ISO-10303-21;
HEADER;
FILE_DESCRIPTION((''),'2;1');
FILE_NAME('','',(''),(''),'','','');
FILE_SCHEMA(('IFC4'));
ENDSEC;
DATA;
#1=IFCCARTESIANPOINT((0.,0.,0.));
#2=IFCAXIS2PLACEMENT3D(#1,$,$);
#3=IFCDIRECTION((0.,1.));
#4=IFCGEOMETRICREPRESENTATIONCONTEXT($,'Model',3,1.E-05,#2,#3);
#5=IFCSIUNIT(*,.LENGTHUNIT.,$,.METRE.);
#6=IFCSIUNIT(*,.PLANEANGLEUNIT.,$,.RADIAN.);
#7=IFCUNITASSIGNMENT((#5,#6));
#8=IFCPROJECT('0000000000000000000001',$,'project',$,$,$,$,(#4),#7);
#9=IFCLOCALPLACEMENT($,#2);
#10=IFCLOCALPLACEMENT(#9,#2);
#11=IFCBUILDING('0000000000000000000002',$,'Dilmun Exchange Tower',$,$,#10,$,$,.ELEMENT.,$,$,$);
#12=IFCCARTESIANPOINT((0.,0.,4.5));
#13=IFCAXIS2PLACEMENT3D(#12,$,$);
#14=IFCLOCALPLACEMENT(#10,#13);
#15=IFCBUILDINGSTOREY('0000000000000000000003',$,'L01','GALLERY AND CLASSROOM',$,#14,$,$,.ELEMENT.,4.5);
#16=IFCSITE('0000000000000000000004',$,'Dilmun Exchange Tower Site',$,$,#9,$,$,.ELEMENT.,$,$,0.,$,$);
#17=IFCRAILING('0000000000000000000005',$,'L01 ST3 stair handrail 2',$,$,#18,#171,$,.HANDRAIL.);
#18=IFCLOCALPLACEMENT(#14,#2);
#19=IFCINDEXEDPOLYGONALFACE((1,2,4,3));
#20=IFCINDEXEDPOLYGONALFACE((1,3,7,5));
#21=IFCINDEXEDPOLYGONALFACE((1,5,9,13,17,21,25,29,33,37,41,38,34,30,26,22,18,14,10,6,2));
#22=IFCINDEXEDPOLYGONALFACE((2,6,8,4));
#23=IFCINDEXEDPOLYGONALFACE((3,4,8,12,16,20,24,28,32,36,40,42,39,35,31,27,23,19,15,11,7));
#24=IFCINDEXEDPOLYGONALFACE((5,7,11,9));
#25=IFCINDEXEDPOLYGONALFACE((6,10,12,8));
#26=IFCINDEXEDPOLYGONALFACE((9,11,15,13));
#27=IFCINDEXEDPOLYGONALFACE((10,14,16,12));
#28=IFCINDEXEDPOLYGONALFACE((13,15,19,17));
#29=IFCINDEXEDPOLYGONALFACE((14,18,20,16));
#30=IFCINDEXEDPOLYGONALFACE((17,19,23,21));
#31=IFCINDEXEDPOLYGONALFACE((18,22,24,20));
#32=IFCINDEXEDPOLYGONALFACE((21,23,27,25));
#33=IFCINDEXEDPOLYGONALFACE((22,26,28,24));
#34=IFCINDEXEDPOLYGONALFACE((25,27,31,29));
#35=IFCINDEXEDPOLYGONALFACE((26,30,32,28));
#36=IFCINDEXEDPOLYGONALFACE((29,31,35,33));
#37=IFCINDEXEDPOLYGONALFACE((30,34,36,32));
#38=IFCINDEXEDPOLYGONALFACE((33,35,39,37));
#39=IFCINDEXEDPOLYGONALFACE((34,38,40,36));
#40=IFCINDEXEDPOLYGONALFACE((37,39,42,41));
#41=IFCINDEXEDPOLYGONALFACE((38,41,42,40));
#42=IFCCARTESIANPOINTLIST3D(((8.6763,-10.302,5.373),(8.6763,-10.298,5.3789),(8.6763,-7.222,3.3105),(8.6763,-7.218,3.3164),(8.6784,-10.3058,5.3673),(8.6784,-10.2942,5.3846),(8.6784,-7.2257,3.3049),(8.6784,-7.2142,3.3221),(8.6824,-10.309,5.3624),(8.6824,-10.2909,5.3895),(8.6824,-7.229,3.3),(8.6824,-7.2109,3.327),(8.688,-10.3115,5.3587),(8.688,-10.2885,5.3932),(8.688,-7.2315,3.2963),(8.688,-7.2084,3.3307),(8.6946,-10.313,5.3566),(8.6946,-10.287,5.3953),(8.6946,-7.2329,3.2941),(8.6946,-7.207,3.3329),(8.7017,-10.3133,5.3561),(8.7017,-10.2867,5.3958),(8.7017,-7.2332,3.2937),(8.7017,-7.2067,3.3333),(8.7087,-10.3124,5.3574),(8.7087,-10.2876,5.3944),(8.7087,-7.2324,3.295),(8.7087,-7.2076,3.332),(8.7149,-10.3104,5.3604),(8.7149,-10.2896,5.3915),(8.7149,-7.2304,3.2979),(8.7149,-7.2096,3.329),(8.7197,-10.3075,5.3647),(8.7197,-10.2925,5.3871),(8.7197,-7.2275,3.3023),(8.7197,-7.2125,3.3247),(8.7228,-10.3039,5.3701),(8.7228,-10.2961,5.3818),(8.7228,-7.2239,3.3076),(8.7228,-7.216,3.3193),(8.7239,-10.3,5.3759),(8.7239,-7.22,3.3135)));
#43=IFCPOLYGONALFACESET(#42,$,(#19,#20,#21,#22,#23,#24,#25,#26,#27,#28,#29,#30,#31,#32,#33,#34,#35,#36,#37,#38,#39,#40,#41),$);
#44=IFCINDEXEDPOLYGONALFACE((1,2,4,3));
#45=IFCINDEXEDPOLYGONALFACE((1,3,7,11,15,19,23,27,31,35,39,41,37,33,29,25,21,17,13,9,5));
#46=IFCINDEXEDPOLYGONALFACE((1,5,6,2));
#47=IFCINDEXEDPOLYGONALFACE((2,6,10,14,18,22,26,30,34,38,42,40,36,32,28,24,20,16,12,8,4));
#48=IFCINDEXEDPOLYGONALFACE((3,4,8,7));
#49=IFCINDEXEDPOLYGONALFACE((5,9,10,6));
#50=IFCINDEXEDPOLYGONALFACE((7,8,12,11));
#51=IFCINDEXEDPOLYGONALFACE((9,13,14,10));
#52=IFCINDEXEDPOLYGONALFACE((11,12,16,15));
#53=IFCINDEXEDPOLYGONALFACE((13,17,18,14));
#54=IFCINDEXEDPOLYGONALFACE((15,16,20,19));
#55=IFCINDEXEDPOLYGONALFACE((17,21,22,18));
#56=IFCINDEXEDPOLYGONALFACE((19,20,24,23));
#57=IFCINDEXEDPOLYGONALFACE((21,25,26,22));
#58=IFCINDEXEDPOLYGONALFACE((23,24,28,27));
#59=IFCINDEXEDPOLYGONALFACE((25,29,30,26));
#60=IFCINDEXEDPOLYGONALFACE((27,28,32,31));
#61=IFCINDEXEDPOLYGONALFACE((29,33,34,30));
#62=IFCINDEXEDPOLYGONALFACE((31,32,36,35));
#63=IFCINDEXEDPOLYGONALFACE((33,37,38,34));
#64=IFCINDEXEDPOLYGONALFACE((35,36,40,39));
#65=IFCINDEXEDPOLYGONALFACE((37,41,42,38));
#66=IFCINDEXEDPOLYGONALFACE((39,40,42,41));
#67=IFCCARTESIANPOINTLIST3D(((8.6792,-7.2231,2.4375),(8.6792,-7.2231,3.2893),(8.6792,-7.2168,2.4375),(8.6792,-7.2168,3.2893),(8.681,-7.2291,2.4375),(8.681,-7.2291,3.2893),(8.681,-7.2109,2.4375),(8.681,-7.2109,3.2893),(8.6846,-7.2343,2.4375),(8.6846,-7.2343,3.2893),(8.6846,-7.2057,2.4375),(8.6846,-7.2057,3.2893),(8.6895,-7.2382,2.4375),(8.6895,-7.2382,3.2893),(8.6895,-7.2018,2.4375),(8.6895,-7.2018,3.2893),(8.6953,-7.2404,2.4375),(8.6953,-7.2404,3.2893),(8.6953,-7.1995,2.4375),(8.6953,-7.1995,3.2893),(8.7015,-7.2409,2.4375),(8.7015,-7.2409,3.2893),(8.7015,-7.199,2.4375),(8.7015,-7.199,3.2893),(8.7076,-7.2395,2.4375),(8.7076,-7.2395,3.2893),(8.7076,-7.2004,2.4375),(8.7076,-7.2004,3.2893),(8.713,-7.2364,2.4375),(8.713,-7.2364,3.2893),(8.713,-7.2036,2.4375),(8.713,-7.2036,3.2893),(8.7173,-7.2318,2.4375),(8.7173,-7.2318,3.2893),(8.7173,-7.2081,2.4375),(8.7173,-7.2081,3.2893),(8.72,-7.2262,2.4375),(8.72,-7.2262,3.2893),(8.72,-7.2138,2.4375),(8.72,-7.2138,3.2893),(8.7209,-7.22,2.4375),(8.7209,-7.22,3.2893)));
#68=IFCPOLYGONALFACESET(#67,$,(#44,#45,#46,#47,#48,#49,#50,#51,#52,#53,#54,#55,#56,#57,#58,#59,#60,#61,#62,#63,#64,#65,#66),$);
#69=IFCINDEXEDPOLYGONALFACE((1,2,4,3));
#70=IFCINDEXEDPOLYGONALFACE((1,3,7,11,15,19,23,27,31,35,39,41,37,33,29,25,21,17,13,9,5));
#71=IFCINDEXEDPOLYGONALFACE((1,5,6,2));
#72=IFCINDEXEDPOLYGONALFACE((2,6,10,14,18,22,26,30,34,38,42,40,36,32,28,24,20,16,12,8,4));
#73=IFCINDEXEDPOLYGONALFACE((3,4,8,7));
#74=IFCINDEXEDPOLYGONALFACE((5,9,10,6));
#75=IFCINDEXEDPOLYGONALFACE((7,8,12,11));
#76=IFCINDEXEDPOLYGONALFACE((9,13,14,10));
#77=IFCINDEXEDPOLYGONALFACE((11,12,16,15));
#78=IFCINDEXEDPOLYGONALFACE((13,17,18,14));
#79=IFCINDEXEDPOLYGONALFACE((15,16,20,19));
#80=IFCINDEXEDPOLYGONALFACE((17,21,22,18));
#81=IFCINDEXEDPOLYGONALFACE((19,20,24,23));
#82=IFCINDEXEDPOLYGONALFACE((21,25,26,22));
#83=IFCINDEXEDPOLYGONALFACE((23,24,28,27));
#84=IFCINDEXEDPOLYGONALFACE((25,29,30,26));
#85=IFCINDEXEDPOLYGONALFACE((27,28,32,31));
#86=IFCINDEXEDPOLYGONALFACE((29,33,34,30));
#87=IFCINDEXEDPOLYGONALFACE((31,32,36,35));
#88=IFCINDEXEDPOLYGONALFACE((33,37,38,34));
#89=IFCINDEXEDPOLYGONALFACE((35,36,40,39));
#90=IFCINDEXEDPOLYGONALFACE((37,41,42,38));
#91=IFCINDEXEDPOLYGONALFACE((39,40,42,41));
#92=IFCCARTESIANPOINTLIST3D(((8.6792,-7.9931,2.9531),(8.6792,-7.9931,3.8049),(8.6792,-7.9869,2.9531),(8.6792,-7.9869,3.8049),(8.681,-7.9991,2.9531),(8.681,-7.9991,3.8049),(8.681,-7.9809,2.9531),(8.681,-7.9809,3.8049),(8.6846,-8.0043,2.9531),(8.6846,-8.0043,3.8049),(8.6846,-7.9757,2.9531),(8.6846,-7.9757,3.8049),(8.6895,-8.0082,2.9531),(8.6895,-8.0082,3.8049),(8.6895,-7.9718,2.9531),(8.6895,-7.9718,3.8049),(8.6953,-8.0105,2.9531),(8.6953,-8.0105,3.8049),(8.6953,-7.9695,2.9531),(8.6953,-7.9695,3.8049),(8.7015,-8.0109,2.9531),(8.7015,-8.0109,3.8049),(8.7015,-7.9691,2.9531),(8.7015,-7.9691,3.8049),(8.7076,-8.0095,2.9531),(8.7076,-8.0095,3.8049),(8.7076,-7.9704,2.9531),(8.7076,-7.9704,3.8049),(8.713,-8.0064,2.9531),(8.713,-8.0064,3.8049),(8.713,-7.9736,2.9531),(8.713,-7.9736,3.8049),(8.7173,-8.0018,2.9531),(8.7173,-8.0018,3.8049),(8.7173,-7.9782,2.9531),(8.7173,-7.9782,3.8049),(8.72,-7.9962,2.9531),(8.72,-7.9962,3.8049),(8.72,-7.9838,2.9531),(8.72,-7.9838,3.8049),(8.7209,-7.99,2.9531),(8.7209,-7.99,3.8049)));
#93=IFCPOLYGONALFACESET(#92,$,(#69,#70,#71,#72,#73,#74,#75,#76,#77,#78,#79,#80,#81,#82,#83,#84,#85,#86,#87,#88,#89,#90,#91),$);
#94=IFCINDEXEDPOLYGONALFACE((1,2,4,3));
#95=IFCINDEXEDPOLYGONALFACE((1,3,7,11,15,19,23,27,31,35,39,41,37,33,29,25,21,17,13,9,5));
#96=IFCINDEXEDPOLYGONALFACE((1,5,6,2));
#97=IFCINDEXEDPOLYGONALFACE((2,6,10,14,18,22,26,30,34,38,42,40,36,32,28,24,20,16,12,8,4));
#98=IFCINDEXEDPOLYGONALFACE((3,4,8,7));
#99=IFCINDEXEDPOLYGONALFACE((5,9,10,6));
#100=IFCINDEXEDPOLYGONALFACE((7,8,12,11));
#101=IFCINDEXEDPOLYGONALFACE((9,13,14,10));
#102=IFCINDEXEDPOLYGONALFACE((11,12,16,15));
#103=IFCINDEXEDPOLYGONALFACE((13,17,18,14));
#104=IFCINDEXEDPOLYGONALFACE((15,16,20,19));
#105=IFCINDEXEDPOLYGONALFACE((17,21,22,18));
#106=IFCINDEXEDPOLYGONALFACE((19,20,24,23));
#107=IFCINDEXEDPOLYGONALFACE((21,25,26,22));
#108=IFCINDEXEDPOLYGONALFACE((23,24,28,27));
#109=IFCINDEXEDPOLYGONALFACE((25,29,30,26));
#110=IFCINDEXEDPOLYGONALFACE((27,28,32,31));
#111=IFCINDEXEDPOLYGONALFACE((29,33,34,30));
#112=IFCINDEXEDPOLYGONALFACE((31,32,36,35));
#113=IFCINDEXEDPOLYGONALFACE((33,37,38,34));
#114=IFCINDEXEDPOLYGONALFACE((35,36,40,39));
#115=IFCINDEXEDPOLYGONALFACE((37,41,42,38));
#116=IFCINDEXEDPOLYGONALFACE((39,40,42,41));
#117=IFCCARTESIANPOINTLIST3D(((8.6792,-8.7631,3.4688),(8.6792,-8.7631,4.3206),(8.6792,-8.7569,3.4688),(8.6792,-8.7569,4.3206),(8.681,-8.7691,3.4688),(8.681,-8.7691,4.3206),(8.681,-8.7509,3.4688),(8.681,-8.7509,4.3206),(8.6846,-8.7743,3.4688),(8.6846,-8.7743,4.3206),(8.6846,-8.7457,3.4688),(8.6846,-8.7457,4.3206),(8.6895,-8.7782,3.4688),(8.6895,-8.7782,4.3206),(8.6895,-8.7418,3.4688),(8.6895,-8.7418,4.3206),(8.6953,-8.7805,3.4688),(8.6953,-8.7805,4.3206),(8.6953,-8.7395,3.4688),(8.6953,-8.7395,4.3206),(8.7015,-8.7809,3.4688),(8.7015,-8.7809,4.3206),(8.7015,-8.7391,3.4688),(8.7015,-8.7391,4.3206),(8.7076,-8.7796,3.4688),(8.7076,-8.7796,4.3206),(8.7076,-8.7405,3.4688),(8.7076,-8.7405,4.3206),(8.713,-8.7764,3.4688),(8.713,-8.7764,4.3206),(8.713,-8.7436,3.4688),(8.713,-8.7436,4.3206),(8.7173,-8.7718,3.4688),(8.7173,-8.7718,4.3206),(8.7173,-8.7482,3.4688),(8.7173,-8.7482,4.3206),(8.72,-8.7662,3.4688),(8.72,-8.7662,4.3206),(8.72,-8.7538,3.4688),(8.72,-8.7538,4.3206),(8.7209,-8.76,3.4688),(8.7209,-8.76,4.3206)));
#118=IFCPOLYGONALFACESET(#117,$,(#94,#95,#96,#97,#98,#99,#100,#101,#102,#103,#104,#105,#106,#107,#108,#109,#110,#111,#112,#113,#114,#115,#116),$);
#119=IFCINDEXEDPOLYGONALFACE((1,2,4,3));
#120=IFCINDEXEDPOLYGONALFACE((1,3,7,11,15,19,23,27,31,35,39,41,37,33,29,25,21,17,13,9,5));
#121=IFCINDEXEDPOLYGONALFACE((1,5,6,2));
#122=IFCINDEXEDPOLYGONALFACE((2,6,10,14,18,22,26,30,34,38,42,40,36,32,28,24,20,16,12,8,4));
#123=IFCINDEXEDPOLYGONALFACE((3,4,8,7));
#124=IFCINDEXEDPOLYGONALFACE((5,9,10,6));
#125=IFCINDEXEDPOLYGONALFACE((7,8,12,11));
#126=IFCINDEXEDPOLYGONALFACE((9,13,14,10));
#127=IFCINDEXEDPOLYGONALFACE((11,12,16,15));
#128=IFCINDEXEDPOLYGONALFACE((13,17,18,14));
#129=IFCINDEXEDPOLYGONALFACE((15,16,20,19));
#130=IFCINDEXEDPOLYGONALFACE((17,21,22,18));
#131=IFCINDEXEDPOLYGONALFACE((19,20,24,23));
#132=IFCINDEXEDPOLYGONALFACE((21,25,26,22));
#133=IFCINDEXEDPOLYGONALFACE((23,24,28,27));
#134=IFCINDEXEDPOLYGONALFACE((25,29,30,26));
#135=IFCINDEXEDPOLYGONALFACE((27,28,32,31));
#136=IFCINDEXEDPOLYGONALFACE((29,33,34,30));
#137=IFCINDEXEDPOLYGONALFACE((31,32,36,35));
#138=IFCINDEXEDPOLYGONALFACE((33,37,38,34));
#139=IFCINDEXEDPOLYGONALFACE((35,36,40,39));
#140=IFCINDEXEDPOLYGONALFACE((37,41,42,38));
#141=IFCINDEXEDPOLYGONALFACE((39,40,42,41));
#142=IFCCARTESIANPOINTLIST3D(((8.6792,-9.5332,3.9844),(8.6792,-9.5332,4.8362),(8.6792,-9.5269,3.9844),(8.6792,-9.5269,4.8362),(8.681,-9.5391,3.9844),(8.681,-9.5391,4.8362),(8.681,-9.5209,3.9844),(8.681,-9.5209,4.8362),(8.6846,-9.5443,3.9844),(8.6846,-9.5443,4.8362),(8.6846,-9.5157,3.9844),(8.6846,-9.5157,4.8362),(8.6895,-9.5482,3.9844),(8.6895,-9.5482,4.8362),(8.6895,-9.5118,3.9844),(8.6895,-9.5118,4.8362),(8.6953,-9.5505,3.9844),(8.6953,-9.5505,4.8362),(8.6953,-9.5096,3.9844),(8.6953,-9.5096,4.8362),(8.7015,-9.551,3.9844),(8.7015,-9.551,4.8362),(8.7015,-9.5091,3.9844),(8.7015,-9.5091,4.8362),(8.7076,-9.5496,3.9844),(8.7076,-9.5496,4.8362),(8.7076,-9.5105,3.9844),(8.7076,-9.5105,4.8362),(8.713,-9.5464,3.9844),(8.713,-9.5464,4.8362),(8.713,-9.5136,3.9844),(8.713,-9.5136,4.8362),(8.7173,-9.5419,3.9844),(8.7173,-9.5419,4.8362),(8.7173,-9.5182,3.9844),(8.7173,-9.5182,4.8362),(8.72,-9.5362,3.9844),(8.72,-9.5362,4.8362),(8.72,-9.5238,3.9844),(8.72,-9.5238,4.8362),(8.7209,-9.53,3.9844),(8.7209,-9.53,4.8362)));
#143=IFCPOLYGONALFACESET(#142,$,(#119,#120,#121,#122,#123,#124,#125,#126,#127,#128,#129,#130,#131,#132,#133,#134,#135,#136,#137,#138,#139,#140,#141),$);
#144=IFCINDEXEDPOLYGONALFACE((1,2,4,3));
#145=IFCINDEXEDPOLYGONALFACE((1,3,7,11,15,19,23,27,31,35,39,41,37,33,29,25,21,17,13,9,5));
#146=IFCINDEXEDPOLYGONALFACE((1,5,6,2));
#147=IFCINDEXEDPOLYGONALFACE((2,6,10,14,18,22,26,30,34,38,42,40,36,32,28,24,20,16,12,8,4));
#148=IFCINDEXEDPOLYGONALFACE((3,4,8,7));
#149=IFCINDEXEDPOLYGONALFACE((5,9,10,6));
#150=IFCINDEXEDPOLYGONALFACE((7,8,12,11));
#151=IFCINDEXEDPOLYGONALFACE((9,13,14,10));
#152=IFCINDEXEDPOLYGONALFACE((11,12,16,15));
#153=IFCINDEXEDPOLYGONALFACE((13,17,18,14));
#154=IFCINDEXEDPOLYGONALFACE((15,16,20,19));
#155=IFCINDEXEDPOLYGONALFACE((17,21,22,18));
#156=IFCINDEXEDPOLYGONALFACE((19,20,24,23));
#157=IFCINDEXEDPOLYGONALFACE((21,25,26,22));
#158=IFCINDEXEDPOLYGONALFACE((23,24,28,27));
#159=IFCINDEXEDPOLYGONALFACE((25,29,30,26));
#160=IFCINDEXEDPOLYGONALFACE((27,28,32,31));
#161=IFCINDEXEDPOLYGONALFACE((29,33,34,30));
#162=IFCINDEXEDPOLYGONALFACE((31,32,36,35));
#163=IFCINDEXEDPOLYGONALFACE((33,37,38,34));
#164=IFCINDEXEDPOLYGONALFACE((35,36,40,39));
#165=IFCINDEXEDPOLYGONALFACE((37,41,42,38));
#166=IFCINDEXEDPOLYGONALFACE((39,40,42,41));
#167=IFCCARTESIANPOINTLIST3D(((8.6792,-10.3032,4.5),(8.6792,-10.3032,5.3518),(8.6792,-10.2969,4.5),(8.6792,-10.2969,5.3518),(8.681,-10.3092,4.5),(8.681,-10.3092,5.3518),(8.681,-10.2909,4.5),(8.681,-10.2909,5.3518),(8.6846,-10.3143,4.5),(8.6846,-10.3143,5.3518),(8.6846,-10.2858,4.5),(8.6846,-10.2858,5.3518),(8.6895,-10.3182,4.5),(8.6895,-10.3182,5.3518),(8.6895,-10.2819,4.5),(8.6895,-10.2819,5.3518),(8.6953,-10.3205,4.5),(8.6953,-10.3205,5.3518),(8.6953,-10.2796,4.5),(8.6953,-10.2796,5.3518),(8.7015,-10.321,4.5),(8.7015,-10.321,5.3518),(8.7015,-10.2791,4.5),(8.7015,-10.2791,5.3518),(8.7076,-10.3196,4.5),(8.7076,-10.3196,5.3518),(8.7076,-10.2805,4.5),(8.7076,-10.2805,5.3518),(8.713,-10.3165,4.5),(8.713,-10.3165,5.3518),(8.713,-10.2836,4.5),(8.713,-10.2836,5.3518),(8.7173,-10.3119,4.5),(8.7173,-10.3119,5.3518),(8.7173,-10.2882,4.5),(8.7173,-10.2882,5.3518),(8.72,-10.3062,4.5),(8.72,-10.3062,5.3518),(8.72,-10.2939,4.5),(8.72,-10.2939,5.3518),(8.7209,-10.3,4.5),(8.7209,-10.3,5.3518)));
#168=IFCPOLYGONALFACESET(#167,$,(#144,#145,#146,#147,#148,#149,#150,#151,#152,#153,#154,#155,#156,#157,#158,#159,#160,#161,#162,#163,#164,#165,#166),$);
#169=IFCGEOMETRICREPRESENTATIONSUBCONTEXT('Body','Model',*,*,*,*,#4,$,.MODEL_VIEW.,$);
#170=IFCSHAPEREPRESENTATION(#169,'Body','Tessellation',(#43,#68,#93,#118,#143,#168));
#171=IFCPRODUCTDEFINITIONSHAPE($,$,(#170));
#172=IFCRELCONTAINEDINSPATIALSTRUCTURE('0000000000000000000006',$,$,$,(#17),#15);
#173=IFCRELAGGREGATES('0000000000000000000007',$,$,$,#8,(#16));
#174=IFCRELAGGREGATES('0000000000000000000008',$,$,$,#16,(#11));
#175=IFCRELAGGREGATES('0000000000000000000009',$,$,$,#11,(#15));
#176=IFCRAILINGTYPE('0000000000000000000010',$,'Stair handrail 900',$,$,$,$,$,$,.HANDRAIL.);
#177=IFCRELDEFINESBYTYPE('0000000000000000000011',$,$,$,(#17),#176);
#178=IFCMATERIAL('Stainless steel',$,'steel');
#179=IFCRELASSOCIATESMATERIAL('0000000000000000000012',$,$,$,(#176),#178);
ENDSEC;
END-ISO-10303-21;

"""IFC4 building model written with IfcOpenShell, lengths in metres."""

from ifc_helpers import new_model, si_unit, direction, frame, origin, origin_2d, place, context, subcontext, project, spatial, circle, extrude, material, type_object, element, save


model = new_model("IFC4")

# Units and contexts
model_context = context("Model", 3, precision=1e-05, world=origin(), true_north=direction((0.0, 1.0)))
body_context = subcontext(model_context, "Body", "Model", "MODEL_VIEW")
ifc_project = project(units=[si_unit("LENGTHUNIT", "METRE"), si_unit("PLANEANGLEUNIT", "RADIAN")], contexts=[model_context])

# Site, building, storey
site_placement = place(None, origin())
site = spatial("IfcSite", under=ifc_project, at=site_placement, Name="Dilmun Exchange Tower Site", CompositionType="ELEMENT", RefElevation=0.0)
building_placement = place(site_placement, origin())
building = spatial("IfcBuilding", under=site, at=building_placement, Name="Dilmun Exchange Tower", CompositionType="ELEMENT")
storey_placement = place(building_placement, frame((0.0, 0.0, 4.5)))
storey = spatial("IfcBuildingStorey", under=building, at=storey_placement, Name="L01", Description="GALLERY AND CLASSROOM", CompositionType="ELEMENT", Elevation=4.5)

# Railing
ifc_material_1 = material(Name="Stainless steel", Category="steel")
railing_type = type_object("IfcRailingType", Name="Stair handrail 900", PredefinedType="HANDRAIL", material=ifc_material_1)
railing_placement = place(storey_placement, frame((8.7, -7.22, 2.4375)))
element("IfcRailing", 1, at=railing_placement, inside=storey, type_object=railing_type, Name="L01 ST3 stair handrail 2", PredefinedType="HANDRAIL", context=body_context, shape_type="SweptSolid", body=[
    extrude(circle(Radius=0.0239, at=origin_2d()), frame((0.0, 0.0, 0.876), z_axis=(0.0, -0.830914, 0.556401), x_axis=(1.0, 0.0, 0.0)), (0.0, 0.0, 1.0), 3.7068),
    extrude(circle(Radius=0.021, at=origin_2d()), origin(), (0.0, 0.0, 1.0), 0.8518),
    extrude(circle(Radius=0.021, at=origin_2d()), frame((0.0, -0.77, 0.5156)), (0.0, 0.0, 1.0), 0.8518),
    extrude(circle(Radius=0.021, at=origin_2d()), frame((0.0, -1.54, 1.0312)), (0.0, 0.0, 1.0), 0.8518),
    extrude(circle(Radius=0.021, at=origin_2d()), frame((0.0, -2.3101, 1.5469)), (0.0, 0.0, 1.0), 0.8518),
    extrude(circle(Radius=0.021, at=origin_2d()), frame((0.0, -3.0801, 2.0625)), (0.0, 0.0, 1.0), 0.8518),
])

save(model, "model.ifc")
